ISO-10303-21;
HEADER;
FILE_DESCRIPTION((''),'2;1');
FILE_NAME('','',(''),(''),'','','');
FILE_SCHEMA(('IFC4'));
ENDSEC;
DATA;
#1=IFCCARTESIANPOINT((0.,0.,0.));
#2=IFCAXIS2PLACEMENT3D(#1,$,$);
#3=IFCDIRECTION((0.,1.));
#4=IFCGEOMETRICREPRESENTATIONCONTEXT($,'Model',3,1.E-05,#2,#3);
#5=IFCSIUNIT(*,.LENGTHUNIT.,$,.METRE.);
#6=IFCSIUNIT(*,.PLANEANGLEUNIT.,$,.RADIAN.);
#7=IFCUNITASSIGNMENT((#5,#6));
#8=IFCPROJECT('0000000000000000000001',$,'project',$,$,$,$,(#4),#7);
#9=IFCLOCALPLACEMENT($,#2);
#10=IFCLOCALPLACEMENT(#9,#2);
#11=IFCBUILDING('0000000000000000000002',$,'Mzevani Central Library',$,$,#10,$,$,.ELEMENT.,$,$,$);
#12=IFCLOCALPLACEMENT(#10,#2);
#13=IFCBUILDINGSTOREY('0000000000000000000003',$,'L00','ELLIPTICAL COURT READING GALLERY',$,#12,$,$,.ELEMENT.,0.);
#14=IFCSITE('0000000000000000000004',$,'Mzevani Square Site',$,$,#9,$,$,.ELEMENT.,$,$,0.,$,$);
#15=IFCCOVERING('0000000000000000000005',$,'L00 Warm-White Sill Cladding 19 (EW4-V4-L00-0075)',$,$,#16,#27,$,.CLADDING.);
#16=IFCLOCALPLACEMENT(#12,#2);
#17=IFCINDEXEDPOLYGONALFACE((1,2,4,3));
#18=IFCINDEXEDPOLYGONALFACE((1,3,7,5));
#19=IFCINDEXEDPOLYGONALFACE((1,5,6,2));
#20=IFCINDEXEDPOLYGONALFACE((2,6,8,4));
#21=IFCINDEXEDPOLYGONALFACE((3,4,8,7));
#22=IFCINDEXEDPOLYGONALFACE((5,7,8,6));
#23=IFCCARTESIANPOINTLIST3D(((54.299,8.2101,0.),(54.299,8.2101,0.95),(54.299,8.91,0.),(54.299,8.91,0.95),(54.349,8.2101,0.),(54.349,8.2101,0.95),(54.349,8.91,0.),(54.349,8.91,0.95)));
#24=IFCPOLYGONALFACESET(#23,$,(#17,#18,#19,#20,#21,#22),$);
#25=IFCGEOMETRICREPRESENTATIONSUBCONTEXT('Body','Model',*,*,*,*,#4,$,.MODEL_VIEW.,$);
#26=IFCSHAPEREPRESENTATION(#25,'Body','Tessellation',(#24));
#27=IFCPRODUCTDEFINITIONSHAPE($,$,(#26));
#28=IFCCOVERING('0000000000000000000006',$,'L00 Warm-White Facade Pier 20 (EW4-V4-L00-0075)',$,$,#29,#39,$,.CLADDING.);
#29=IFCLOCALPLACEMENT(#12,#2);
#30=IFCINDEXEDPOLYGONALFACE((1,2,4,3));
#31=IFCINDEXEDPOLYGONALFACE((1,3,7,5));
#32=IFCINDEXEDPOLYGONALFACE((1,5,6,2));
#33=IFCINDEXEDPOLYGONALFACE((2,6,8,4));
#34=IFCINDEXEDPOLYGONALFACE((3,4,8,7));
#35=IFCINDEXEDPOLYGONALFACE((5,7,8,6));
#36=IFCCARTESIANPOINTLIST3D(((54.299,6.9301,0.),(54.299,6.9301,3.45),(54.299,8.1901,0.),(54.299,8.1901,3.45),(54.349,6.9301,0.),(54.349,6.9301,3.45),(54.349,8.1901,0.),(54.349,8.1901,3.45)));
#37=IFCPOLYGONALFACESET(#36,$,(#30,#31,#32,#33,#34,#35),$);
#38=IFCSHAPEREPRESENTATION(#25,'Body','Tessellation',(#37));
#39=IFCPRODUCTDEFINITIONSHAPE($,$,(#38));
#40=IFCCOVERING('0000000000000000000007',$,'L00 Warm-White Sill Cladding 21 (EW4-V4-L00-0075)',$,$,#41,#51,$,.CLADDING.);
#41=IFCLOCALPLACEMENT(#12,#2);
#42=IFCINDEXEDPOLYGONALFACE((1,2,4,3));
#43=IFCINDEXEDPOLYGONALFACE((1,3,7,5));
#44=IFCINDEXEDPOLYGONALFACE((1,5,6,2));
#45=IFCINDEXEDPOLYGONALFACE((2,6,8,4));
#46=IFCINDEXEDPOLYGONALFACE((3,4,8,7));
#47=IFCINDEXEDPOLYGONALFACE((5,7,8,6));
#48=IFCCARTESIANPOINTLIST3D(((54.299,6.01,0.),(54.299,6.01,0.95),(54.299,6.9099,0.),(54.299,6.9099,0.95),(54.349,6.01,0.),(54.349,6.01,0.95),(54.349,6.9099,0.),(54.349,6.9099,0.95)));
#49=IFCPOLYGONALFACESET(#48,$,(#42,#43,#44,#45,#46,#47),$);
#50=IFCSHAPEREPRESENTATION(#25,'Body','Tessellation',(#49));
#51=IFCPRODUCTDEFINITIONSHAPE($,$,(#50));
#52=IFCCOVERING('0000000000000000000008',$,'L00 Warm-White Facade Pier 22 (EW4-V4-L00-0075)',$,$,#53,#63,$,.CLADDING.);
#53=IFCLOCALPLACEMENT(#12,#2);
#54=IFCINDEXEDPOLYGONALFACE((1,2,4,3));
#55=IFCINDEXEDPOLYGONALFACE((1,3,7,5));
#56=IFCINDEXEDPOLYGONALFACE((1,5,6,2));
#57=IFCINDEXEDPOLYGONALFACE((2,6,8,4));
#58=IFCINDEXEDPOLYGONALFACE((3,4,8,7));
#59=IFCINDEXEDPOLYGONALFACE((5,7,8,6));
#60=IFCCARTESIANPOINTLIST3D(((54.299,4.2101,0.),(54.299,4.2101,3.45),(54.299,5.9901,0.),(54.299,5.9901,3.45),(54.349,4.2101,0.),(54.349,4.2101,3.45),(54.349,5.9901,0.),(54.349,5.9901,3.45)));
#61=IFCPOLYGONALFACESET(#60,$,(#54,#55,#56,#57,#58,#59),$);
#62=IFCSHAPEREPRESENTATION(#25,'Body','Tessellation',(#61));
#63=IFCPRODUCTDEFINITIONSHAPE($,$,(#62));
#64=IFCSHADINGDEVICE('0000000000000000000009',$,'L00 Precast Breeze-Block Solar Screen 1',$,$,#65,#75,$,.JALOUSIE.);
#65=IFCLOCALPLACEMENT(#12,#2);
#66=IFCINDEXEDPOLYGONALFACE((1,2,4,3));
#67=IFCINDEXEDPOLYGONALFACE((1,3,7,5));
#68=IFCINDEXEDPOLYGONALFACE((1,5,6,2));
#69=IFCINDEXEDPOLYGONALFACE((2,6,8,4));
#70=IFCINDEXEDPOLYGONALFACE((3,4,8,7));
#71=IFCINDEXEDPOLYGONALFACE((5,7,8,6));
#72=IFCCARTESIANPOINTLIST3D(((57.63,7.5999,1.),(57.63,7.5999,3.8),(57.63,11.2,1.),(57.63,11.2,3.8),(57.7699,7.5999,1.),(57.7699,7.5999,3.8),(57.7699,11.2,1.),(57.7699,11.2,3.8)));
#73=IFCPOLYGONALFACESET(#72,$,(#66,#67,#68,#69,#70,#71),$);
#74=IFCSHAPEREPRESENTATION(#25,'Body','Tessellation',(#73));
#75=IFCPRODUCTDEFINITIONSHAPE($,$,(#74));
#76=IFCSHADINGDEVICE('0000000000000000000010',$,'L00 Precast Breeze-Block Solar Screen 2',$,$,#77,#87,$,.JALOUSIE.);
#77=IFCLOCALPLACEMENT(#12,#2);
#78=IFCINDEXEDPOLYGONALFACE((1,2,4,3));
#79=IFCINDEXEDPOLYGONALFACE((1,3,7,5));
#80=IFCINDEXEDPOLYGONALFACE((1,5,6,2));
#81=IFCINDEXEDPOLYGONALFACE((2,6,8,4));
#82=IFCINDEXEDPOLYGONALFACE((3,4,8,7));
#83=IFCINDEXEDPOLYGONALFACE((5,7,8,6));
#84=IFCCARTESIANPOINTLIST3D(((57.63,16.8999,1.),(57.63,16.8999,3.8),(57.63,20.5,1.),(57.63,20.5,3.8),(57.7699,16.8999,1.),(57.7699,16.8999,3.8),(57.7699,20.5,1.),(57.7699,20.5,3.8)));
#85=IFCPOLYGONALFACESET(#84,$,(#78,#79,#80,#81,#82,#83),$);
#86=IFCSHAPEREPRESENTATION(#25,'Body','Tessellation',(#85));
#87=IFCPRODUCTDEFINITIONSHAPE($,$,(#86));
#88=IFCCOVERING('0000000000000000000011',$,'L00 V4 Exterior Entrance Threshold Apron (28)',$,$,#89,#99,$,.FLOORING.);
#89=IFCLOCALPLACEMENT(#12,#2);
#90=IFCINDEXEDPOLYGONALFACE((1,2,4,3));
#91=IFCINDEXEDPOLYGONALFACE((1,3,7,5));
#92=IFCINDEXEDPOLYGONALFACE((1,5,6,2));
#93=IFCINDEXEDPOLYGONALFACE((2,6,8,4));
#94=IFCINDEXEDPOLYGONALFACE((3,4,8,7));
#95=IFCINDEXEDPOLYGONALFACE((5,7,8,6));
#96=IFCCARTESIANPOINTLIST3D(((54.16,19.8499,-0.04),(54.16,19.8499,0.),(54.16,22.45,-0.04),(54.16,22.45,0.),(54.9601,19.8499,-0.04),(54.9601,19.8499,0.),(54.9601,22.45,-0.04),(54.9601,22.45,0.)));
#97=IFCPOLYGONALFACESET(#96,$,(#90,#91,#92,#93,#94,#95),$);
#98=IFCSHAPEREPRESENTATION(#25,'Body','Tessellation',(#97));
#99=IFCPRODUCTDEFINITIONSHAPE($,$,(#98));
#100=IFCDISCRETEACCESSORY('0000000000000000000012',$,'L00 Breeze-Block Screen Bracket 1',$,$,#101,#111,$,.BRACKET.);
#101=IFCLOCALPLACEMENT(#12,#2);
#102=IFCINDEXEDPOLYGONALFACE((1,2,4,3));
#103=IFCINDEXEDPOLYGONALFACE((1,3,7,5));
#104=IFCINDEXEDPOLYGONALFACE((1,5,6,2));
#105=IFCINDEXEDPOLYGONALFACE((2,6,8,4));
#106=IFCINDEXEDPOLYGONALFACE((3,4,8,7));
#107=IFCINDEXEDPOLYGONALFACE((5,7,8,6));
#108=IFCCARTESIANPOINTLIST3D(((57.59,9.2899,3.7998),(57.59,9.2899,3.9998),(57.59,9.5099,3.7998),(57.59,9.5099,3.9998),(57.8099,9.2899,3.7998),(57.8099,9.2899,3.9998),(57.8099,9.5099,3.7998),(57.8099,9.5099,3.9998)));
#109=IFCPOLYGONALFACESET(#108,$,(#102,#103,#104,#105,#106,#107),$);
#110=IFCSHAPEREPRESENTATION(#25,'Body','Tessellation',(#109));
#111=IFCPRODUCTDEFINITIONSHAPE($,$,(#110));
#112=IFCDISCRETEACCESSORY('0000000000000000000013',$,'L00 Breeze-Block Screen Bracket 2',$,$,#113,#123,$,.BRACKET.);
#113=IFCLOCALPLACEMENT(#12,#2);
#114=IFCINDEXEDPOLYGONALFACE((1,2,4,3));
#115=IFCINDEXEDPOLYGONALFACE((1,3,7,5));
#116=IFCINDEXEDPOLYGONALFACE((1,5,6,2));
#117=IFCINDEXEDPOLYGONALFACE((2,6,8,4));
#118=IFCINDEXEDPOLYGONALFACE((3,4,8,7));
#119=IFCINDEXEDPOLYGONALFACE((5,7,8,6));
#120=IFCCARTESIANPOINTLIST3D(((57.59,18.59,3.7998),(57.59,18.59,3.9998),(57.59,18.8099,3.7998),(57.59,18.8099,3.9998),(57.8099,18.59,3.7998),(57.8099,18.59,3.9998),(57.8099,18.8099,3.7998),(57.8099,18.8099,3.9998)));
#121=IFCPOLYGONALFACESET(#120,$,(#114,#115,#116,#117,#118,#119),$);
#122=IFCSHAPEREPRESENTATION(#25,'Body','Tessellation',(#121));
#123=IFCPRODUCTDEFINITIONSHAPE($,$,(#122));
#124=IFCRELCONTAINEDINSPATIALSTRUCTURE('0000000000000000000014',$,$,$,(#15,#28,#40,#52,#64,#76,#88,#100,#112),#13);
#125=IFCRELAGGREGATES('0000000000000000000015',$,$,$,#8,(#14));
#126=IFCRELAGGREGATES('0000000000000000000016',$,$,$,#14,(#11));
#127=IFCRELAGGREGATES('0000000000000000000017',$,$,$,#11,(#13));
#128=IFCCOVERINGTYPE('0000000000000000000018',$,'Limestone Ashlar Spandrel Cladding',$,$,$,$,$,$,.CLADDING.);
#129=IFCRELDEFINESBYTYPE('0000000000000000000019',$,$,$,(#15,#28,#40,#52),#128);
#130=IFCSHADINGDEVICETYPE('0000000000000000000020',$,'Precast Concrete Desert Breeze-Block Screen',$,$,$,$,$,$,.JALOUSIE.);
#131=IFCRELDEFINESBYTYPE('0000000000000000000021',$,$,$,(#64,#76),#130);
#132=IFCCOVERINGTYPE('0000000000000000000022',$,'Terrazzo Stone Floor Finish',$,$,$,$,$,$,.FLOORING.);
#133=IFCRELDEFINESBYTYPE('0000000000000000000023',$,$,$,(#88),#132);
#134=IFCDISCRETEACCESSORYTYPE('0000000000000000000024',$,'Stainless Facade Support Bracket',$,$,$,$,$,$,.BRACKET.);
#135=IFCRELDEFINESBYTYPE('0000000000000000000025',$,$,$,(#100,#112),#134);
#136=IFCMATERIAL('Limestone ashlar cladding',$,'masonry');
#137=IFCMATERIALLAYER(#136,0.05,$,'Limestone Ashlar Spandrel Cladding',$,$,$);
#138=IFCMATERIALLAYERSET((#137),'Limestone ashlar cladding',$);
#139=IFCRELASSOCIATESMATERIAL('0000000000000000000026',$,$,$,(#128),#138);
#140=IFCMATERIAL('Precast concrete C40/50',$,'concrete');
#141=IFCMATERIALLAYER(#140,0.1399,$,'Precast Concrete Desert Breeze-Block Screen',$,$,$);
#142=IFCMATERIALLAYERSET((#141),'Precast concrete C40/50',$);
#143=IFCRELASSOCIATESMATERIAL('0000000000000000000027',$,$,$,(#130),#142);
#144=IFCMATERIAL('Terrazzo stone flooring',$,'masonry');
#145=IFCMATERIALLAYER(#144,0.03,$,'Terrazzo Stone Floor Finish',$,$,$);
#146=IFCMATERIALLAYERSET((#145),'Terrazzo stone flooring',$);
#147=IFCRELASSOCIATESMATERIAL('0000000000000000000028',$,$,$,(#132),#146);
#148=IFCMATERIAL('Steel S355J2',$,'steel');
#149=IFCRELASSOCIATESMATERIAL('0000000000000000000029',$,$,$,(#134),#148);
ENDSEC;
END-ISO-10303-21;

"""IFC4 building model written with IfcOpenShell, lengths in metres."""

from ifc_helpers import new_model, si_unit, direction, frame, origin, origin_2d, place, context, subcontext, project, spatial, rectangle, extrude, material, layer, layer_set, type_object, element, save


model = new_model("IFC4")

# Units and contexts
model_context = context("Model", 3, precision=1e-05, world=origin(), true_north=direction((0.0, 1.0)))
body_context = subcontext(model_context, "Body", "Model", "MODEL_VIEW")
ifc_project = project(units=[si_unit("LENGTHUNIT", "METRE"), si_unit("PLANEANGLEUNIT", "RADIAN")], contexts=[model_context])

# Site, building, storey
site_placement = place(None, origin())
site = spatial("IfcSite", under=ifc_project, at=site_placement, Name="Mzevani Square Site", CompositionType="ELEMENT", RefElevation=0.0)
building_placement = place(site_placement, origin())
building = spatial("IfcBuilding", under=site, at=building_placement, Name="Mzevani Central Library", CompositionType="ELEMENT")
storey_placement = place(building_placement, origin())
storey = spatial("IfcBuildingStorey", under=building, at=storey_placement, Name="L00", Description="ELLIPTICAL COURT READING GALLERY", CompositionType="ELEMENT", Elevation=0.0)

# Shared definitions
ifc_material_1 = material(Name="Precast concrete C40/50", Category="concrete")

# Shared definitions
ifc_material_2 = material(Name="Steel S355J2", Category="steel")

# Coverings
ifc_material_3 = material(Name="Limestone ashlar cladding", Category="masonry")
ifc_layer_1 = layer(ifc_material_3, 0.05, Name="Limestone Ashlar Spandrel Cladding")
ifc_layer_set_1 = layer_set([ifc_layer_1], Name="Limestone ashlar cladding")
covering_type_1 = type_object("IfcCoveringType", Name="Limestone Ashlar Spandrel Cladding", PredefinedType="CLADDING", material=ifc_layer_set_1)
covering_1_placement = place(storey_placement, frame((54.324, 8.5601, 0.0), z_axis=(0.0, 0.0, 1.0), x_axis=(0.0, -1.0, 0.0)))
element("IfcCovering", 1, at=covering_1_placement, inside=storey, type_object=covering_type_1, Name="L00 Warm-White Sill Cladding 19 (EW4-V4-L00-0075)", PredefinedType="CLADDING", context=body_context, shape_type="SweptSolid", body=[
    extrude(rectangle(XDim=0.7, YDim=0.05, at=origin_2d()), origin(), (0.0, 0.0, 1.0), 0.95),
])
covering_2_placement = place(storey_placement, frame((54.324, 7.5601, 0.0), z_axis=(0.0, 0.0, 1.0), x_axis=(0.0, -1.0, 0.0)))
element("IfcCovering", 2, at=covering_2_placement, inside=storey, type_object=covering_type_1, Name="L00 Warm-White Facade Pier 20 (EW4-V4-L00-0075)", PredefinedType="CLADDING", context=body_context, shape_type="SweptSolid", body=[
    extrude(rectangle(XDim=1.26, YDim=0.05, at=origin_2d()), origin(), (0.0, 0.0, 1.0), 3.45),
])
covering_3_placement = place(storey_placement, frame((54.324, 6.46, 0.0), z_axis=(0.0, 0.0, 1.0), x_axis=(0.0, -1.0, 0.0)))
element("IfcCovering", 3, at=covering_3_placement, inside=storey, type_object=covering_type_1, Name="L00 Warm-White Sill Cladding 21 (EW4-V4-L00-0075)", PredefinedType="CLADDING", context=body_context, shape_type="SweptSolid", body=[
    extrude(rectangle(XDim=0.8999, YDim=0.05, at=origin_2d()), origin(), (0.0, 0.0, 1.0), 0.95),
])
covering_4_placement = place(storey_placement, frame((54.324, 5.1001, 0.0), z_axis=(0.0, 0.0, 1.0), x_axis=(0.0, -1.0, 0.0)))
element("IfcCovering", 4, at=covering_4_placement, inside=storey, type_object=covering_type_1, Name="L00 Warm-White Facade Pier 22 (EW4-V4-L00-0075)", PredefinedType="CLADDING", context=body_context, shape_type="SweptSolid", body=[
    extrude(rectangle(XDim=1.78, YDim=0.05, at=origin_2d()), origin(), (0.0, 0.0, 1.0), 3.45),
])

# Shading devices
ifc_layer_2 = layer(ifc_material_1, 0.1399, Name="Precast Concrete Desert Breeze-Block Screen")
ifc_layer_set_2 = layer_set([ifc_layer_2], Name="Precast concrete C40/50")
shading_device_type = type_object("IfcShadingDeviceType", Name="Precast Concrete Desert Breeze-Block Screen", PredefinedType="JALOUSIE", material=ifc_layer_set_2)
for number, where, z_axis, x_axis, name in (
    (5, (57.7, 9.3999, 1.0), (0.0, 0.0, 1.0), (1.0, 0.0, 0.0), "L00 Precast Breeze-Block Solar Screen 1"),
    (6, (57.7, 18.7, 1.0), (0.0, 0.0, 1.0), (1.0, 0.0, 0.0), "L00 Precast Breeze-Block Solar Screen 2"),
):
    element("IfcShadingDevice", number, at=place(storey_placement, frame(where, z_axis=z_axis, x_axis=x_axis)), inside=storey, type_object=shading_device_type, Name=name, PredefinedType="JALOUSIE", context=body_context, shape_type="SweptSolid", body=[
        extrude(rectangle(XDim=0.1399, YDim=3.6001, at=origin_2d()), origin(), (0.0, 0.0, 1.0), 2.8),
    ])

# Covering
ifc_material_4 = material(Name="Terrazzo stone flooring", Category="masonry")
ifc_layer_3 = layer(ifc_material_4, 0.03, Name="Terrazzo Stone Floor Finish")
ifc_layer_set_3 = layer_set([ifc_layer_3], Name="Terrazzo stone flooring")
covering_type_2 = type_object("IfcCoveringType", Name="Terrazzo Stone Floor Finish", PredefinedType="FLOORING", material=ifc_layer_set_3)
covering_5_placement = place(storey_placement, frame((54.5601, 21.1499, -0.04), z_axis=(0.0, 0.0, 1.0), x_axis=(0.0, -1.0, 0.0)))
element("IfcCovering", 7, at=covering_5_placement, inside=storey, type_object=covering_type_2, Name="L00 V4 Exterior Entrance Threshold Apron (28)", PredefinedType="FLOORING", context=body_context, shape_type="SweptSolid", body=[
    extrude(rectangle(XDim=2.6001, YDim=0.8, at=origin_2d()), origin(), (0.0, 0.0, 1.0), 0.04),
])

# Discrete accessories
discrete_accessory_type = type_object("IfcDiscreteAccessoryType", Name="Stainless Facade Support Bracket", PredefinedType="BRACKET", material=ifc_material_2)
for number, where, z_axis, x_axis, name in (
    (8, (57.7, 9.3999, 3.7998), (0.0, 0.0, 1.0), (1.0, 0.0, 0.0), "L00 Breeze-Block Screen Bracket 1"),
    (9, (57.7, 18.7, 3.7998), (0.0, 0.0, 1.0), (1.0, 0.0, 0.0), "L00 Breeze-Block Screen Bracket 2"),
):
    element("IfcDiscreteAccessory", number, at=place(storey_placement, frame(where, z_axis=z_axis, x_axis=x_axis)), inside=storey, type_object=discrete_accessory_type, Name=name, PredefinedType="BRACKET", context=body_context, shape_type="SweptSolid", body=[
        extrude(rectangle(XDim=0.22, YDim=0.22, at=origin_2d()), origin(), (0.0, 0.0, 1.0), 0.2),
    ])

save(model, "model.ifc")
